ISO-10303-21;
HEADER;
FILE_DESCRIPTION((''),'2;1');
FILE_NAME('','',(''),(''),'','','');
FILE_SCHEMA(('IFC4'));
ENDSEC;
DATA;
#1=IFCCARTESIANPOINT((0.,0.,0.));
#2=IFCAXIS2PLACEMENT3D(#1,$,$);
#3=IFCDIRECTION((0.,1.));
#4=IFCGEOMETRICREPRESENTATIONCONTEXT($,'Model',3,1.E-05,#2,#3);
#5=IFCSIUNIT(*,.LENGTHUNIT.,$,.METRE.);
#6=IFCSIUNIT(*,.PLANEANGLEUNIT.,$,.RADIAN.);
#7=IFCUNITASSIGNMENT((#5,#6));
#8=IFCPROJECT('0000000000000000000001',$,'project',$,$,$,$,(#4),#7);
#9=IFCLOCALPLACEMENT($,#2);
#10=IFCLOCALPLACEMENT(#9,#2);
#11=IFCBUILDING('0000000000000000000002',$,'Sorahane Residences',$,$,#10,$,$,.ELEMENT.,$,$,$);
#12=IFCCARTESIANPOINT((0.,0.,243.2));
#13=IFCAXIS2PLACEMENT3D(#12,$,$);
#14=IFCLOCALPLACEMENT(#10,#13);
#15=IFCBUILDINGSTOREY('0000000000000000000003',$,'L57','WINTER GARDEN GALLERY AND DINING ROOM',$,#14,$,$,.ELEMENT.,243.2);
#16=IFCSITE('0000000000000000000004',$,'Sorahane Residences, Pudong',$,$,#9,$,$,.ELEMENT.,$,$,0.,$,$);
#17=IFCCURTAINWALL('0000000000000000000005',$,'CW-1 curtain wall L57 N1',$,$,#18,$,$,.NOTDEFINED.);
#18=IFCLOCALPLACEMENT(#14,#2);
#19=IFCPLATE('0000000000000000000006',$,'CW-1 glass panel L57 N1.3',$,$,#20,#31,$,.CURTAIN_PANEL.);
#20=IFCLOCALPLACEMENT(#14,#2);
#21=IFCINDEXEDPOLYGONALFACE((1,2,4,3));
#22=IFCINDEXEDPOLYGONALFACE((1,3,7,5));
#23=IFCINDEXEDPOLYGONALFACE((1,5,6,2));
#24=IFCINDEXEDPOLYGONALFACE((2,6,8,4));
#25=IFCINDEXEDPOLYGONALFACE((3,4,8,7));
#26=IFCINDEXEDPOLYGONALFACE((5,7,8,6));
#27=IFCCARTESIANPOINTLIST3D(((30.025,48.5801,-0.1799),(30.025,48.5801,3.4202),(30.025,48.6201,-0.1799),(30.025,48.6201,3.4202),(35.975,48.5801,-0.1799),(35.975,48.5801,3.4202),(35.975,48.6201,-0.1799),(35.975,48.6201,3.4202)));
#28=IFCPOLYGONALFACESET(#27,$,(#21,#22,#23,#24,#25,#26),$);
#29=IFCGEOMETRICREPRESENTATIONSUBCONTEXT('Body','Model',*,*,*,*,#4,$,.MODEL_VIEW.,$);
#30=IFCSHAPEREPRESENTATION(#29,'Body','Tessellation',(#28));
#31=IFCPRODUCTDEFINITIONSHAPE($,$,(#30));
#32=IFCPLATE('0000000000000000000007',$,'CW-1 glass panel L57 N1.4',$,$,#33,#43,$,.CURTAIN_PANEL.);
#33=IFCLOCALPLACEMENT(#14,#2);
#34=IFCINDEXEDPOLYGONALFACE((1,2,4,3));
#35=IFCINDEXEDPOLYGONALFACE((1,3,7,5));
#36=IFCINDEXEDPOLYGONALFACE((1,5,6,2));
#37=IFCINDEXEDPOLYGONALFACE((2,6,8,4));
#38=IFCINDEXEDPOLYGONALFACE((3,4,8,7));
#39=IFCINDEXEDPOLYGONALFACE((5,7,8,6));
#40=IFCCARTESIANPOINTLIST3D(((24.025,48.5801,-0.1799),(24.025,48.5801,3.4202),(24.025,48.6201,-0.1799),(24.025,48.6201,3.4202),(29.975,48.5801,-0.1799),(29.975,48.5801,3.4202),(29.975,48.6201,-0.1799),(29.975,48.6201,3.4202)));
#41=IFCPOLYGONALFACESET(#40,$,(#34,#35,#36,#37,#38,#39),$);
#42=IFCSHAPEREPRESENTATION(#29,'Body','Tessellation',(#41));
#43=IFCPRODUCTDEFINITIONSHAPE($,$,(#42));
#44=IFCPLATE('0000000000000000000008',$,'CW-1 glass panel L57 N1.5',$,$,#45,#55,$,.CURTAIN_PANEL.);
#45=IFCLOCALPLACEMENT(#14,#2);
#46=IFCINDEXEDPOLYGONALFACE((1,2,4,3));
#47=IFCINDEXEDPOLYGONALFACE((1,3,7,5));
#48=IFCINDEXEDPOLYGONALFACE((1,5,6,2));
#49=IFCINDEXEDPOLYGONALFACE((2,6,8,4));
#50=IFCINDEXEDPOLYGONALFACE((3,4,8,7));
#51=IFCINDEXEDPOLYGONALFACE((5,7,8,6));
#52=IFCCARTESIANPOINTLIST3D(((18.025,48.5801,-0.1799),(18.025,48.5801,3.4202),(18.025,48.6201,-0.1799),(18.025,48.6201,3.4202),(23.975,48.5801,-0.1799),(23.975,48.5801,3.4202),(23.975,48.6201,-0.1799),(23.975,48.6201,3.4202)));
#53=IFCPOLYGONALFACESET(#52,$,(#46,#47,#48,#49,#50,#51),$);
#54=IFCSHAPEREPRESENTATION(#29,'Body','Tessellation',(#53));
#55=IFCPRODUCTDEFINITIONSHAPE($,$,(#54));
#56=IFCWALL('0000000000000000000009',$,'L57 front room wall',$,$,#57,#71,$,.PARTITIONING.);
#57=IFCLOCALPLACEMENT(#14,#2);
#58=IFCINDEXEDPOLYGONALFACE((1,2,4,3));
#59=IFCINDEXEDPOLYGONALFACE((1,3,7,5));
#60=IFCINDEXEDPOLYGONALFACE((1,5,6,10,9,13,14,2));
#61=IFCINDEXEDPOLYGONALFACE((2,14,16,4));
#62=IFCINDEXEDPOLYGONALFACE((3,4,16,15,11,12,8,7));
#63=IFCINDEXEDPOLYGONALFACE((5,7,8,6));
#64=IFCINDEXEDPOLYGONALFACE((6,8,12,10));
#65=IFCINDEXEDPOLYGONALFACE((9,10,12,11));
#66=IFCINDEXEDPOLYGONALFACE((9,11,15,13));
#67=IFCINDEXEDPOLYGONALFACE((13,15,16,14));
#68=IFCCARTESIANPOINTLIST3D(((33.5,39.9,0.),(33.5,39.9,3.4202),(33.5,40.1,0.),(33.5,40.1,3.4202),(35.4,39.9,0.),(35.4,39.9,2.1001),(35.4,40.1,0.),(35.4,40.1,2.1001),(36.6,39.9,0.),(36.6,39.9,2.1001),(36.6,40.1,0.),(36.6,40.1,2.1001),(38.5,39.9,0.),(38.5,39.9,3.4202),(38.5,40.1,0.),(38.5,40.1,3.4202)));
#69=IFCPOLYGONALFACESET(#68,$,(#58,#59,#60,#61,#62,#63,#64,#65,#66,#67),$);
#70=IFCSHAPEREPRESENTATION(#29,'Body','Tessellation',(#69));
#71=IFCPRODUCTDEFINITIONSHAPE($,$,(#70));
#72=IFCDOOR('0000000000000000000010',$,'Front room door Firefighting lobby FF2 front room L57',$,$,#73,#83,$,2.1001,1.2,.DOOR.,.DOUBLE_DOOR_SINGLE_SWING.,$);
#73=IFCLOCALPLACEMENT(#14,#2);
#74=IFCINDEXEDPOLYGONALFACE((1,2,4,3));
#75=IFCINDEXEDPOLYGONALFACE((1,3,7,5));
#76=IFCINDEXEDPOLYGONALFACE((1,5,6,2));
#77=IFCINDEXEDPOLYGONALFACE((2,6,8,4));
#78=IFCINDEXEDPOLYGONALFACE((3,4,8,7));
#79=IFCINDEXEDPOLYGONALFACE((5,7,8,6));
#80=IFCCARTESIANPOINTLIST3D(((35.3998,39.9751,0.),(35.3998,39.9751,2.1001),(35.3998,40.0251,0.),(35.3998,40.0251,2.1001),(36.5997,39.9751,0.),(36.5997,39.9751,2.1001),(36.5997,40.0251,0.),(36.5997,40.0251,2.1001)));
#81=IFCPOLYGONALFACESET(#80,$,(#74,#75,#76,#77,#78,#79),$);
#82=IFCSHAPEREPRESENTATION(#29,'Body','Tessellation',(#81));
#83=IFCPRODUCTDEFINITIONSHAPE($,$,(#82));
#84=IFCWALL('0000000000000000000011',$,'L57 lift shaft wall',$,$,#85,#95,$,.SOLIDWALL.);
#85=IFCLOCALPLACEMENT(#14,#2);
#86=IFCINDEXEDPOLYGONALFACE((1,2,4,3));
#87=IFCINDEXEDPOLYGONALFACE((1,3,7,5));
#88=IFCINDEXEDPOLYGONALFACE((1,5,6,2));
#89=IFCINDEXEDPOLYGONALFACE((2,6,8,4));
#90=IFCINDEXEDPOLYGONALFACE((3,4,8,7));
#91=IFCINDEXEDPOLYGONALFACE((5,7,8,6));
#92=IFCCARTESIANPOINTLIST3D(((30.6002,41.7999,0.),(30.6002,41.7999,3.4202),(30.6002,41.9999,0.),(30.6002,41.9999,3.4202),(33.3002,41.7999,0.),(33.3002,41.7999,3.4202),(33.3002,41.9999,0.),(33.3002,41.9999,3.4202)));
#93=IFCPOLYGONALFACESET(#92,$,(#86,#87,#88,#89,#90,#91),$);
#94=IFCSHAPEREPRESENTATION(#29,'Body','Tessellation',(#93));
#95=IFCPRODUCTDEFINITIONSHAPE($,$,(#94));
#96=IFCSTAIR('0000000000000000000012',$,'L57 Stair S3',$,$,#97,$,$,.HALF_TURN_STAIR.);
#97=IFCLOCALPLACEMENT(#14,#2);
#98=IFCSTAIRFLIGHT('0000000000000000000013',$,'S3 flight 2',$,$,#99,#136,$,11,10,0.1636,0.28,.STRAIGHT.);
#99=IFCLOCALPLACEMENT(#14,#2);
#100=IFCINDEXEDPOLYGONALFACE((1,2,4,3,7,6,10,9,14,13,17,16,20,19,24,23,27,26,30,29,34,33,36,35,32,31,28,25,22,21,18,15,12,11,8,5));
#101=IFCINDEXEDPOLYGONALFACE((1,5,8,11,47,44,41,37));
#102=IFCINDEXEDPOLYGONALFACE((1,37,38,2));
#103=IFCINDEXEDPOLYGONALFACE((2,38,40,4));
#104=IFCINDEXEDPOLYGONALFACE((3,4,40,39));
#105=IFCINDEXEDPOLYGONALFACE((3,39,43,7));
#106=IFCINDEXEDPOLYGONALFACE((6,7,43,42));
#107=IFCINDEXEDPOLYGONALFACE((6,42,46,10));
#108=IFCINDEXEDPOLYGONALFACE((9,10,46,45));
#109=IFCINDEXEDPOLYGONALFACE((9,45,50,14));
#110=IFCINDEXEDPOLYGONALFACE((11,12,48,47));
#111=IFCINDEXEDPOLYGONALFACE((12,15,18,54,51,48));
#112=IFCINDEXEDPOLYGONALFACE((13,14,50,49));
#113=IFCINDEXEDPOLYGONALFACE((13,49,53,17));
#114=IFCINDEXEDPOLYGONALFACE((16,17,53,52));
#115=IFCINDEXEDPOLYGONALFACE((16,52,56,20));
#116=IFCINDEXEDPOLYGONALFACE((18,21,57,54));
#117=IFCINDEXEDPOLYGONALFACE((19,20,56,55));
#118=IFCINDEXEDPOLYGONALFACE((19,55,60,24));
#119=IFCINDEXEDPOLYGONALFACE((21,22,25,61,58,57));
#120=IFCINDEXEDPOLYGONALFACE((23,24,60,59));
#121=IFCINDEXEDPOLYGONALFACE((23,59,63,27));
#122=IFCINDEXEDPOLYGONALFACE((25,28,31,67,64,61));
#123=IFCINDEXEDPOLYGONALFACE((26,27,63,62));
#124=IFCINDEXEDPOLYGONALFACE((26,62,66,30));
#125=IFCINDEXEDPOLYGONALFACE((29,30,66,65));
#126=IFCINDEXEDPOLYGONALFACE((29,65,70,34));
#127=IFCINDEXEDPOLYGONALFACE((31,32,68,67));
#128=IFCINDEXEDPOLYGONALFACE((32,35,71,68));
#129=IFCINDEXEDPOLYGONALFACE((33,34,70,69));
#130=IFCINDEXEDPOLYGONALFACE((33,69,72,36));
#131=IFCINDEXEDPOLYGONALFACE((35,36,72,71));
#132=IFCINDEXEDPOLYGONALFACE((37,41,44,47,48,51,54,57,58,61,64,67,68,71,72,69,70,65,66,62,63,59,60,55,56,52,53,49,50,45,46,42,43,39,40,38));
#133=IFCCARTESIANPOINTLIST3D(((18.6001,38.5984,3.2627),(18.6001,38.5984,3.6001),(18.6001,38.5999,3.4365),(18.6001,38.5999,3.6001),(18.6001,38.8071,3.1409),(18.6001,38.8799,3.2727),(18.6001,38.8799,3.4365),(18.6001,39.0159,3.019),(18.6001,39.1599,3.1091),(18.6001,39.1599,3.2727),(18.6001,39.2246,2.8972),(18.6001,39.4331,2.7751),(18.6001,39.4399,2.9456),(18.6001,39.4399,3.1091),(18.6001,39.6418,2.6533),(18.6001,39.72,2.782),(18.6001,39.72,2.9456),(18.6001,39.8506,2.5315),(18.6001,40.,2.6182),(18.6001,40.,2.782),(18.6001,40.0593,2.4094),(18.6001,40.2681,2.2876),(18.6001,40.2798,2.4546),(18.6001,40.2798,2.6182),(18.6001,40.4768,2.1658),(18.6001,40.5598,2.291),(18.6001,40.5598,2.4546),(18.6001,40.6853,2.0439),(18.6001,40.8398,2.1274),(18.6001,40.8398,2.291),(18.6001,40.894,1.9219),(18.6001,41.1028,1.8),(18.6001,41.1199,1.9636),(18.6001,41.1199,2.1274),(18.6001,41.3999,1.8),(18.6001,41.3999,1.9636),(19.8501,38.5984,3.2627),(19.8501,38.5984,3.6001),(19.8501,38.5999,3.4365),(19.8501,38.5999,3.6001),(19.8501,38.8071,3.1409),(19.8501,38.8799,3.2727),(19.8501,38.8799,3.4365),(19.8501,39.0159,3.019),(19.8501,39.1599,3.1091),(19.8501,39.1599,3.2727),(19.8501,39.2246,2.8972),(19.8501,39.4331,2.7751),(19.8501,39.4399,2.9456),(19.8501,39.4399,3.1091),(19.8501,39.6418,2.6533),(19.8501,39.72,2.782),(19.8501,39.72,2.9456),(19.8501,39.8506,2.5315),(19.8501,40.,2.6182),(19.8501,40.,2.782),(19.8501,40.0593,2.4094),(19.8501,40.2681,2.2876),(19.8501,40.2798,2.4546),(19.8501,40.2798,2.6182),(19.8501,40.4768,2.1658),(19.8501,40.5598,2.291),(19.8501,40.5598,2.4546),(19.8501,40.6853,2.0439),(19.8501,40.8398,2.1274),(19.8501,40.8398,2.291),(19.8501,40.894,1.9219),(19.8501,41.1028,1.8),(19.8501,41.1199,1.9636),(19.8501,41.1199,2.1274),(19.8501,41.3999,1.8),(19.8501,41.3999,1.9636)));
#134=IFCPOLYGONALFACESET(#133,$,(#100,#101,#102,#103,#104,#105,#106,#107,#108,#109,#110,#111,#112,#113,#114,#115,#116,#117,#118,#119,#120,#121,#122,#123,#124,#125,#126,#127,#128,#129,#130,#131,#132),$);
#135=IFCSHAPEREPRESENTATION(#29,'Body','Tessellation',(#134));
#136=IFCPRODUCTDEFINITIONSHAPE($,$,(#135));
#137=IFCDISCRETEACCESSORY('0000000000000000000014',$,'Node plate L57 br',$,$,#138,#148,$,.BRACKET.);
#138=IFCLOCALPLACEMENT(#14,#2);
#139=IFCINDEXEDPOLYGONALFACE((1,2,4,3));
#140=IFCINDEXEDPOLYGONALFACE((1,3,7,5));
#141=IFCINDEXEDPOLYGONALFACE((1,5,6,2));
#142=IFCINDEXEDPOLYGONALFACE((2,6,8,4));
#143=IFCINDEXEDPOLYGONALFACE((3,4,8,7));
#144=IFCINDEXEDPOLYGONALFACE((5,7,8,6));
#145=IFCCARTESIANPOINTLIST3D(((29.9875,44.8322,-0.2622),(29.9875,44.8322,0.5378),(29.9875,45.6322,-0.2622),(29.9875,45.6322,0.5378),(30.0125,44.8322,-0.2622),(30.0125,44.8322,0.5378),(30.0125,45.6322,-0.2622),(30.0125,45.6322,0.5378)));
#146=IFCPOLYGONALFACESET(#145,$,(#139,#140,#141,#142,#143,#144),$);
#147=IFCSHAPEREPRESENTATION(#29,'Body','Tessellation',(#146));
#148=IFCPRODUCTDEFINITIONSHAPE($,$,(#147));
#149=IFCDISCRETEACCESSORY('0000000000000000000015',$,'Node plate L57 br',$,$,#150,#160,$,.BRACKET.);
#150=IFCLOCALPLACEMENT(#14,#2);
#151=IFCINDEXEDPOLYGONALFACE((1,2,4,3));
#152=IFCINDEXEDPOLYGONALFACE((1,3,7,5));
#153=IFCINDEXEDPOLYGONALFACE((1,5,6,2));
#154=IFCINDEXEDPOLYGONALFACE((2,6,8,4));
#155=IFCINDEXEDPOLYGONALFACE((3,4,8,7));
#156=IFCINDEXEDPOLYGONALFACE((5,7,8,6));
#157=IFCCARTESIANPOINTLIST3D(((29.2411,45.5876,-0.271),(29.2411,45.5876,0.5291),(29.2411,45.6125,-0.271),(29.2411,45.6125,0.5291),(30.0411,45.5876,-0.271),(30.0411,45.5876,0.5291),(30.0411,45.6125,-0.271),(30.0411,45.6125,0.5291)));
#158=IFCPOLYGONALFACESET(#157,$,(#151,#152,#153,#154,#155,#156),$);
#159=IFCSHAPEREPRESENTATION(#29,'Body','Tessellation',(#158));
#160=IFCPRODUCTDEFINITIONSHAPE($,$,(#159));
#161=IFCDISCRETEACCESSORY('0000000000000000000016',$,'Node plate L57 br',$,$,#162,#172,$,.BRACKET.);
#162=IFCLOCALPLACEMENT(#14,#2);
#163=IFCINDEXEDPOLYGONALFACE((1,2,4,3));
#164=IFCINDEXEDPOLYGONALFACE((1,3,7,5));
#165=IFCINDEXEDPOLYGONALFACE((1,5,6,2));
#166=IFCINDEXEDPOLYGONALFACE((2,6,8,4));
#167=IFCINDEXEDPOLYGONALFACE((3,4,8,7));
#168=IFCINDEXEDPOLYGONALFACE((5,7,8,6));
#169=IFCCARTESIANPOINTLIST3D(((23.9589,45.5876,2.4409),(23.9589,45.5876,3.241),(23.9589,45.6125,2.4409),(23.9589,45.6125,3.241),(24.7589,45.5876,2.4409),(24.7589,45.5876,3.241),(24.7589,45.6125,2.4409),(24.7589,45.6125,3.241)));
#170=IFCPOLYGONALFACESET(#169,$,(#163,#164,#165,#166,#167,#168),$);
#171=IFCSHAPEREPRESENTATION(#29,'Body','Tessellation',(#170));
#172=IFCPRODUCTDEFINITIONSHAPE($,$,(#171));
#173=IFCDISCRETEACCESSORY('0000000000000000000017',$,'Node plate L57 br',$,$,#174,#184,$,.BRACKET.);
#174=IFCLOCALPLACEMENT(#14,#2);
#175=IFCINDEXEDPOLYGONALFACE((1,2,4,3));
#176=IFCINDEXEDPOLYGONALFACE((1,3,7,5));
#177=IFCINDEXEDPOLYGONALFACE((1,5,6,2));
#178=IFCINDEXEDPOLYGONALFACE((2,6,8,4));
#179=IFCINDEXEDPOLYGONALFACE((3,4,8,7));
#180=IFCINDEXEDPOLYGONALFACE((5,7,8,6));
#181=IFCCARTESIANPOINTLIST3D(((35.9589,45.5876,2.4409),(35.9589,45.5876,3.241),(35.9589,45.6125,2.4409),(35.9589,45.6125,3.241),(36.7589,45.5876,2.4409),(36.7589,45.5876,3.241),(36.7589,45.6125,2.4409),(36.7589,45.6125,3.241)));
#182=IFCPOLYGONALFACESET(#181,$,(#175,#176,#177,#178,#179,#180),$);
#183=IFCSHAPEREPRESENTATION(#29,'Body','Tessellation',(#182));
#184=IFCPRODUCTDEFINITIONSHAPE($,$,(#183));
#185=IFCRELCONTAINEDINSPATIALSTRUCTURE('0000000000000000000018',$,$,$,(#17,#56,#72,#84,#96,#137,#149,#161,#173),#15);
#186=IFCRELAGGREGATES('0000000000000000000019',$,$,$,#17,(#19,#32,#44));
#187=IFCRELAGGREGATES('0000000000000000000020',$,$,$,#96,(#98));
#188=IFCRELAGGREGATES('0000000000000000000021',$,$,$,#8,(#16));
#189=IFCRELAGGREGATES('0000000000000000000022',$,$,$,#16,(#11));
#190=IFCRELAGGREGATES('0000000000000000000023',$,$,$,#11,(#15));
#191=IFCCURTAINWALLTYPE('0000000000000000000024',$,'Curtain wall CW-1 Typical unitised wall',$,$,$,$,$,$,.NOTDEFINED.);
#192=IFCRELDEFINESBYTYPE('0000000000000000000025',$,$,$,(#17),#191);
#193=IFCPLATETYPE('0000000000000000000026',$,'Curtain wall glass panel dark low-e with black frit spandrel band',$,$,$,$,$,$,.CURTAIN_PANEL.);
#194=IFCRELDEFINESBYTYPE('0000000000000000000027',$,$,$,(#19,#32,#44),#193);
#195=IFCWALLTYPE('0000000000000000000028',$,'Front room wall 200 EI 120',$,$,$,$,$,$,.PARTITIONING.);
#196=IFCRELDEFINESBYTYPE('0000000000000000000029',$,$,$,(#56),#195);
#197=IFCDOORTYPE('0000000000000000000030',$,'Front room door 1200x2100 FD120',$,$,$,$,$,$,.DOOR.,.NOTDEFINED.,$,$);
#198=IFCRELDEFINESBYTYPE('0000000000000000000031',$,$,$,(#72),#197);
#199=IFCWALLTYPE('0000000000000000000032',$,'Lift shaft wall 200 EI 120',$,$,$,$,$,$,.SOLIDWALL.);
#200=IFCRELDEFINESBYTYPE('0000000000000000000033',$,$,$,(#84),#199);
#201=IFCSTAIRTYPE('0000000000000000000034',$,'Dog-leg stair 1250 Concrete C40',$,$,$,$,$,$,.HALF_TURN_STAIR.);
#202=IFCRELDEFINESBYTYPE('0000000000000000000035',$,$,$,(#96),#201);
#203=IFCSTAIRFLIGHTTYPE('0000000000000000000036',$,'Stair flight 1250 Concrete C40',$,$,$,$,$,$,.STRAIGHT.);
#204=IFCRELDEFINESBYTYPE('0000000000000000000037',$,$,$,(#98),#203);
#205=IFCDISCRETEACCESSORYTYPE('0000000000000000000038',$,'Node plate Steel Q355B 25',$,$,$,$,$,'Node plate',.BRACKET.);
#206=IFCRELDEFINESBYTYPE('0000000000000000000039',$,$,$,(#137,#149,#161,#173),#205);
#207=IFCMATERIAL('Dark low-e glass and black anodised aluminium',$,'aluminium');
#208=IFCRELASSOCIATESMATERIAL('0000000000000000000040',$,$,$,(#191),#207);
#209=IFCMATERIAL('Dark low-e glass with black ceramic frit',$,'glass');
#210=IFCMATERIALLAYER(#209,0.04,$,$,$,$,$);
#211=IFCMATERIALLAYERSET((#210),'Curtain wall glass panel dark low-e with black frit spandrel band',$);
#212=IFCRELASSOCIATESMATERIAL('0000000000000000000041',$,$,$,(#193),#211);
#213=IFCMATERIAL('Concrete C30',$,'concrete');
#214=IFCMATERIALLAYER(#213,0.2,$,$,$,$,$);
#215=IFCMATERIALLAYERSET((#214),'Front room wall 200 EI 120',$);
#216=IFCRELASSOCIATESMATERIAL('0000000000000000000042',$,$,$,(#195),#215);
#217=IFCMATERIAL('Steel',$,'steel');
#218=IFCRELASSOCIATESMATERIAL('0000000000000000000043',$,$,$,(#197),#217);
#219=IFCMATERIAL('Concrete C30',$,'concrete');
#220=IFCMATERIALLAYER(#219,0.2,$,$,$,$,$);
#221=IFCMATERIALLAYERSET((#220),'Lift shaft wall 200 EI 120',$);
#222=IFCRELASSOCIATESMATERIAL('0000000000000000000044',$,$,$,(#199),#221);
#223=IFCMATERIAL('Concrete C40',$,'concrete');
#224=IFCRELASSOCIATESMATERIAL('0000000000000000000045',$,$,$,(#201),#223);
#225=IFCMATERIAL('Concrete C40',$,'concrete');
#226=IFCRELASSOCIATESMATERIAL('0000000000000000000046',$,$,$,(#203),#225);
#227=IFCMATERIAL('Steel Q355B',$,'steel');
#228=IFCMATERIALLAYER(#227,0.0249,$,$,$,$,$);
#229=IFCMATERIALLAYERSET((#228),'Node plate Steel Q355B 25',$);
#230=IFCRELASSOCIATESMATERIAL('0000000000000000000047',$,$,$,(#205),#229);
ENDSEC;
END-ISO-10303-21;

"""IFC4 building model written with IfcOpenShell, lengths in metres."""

from ifc_helpers import new_model, si_unit, direction, frame, frame_2d, origin, origin_2d, place, context, subcontext, project, spatial, polyline, rectangle, outline, extrude, material, layer, layer_set, type_object, element, fill, aggregate, save


model = new_model("IFC4")

# Units and contexts
model_context = context("Model", 3, precision=1e-05, world=origin(), true_north=direction((0.0, 1.0)))
body_context = subcontext(model_context, "Body", "Model", "MODEL_VIEW")
ifc_project = project(units=[si_unit("LENGTHUNIT", "METRE"), si_unit("PLANEANGLEUNIT", "RADIAN")], contexts=[model_context])

# Site, building, storey
site_placement = place(None, origin())
site = spatial("IfcSite", under=ifc_project, at=site_placement, Name="Sorahane Residences, Pudong", CompositionType="ELEMENT", RefElevation=0.0)
building_placement = place(site_placement, origin())
building = spatial("IfcBuilding", under=site, at=building_placement, Name="Sorahane Residences", CompositionType="ELEMENT")
storey_placement = place(building_placement, frame((0.0, 0.0, 243.2)))
storey = spatial("IfcBuildingStorey", under=building, at=storey_placement, Name="L57", Description="WINTER GARDEN GALLERY AND DINING ROOM", CompositionType="ELEMENT", Elevation=243.2)

# Curtain wall
ifc_material_1 = material(Name="Dark low-e glass and black anodised aluminium", Category="aluminium")
curtain_wall_type = type_object("IfcCurtainWallType", Name="Curtain wall CW-1 Typical unitised wall", PredefinedType="NOTDEFINED", material=ifc_material_1)
curtain_wall_placement = place(storey_placement, origin())
curtain_wall = element("IfcCurtainWall", 1, at=curtain_wall_placement, inside=storey, type_object=curtain_wall_type, Name="CW-1 curtain wall L57 N1", PredefinedType="NOTDEFINED")

# Plates
ifc_material_2 = material(Name="Dark low-e glass with black ceramic frit", Category="glass")
ifc_layer_1 = layer(ifc_material_2, 0.04)
ifc_layer_set_1 = layer_set([ifc_layer_1], Name="Curtain wall glass panel dark low-e with black frit spandrel band")
plate_type = type_object("IfcPlateType", Name="Curtain wall glass panel dark low-e with black frit spandrel band", PredefinedType="CURTAIN_PANEL", material=ifc_layer_set_1)
plate_1_placement = place(storey_placement, frame((33.0, 48.6001, -0.1799), z_axis=(0.0, 0.0, 1.0), x_axis=(-1.0, 0.0, 0.0)))
plate_1 = element("IfcPlate", 2, at=plate_1_placement, type_object=plate_type, Name="CW-1 glass panel L57 N1.3", PredefinedType="CURTAIN_PANEL", context=body_context, shape_type="SweptSolid", body=[
    extrude(rectangle(XDim=5.95, YDim=0.04, at=origin_2d()), origin(), (0.0, 0.0, 1.0), 3.6001),
])
plate_2_placement = place(storey_placement, frame((27.0, 48.6001, -0.1799), z_axis=(0.0, 0.0, 1.0), x_axis=(-1.0, 0.0, 0.0)))
plate_2 = element("IfcPlate", 3, at=plate_2_placement, type_object=plate_type, Name="CW-1 glass panel L57 N1.4", PredefinedType="CURTAIN_PANEL", context=body_context, shape_type="SweptSolid", body=[
    extrude(rectangle(XDim=5.95, YDim=0.04, at=origin_2d()), origin(), (0.0, 0.0, 1.0), 3.6001),
])
plate_3_placement = place(storey_placement, frame((21.0, 48.6001, -0.1799), z_axis=(0.0, 0.0, 1.0), x_axis=(-1.0, 0.0, 0.0)))
plate_3 = element("IfcPlate", 4, at=plate_3_placement, type_object=plate_type, Name="CW-1 glass panel L57 N1.5", PredefinedType="CURTAIN_PANEL", context=body_context, shape_type="SweptSolid", body=[
    extrude(rectangle(XDim=5.95, YDim=0.04, at=origin_2d()), origin(), (0.0, 0.0, 1.0), 3.6001),
])
aggregate(curtain_wall, [plate_1, plate_2, plate_3])

# Wall, opening, door
ifc_material_3 = material(Name="Concrete C30", Category="concrete")
ifc_layer_2 = layer(ifc_material_3, 0.2)
ifc_layer_set_2 = layer_set([ifc_layer_2], Name="Front room wall 200 EI 120")
wall_type_1 = type_object("IfcWallType", Name="Front room wall 200 EI 120", PredefinedType="PARTITIONING", material=ifc_layer_set_2)
wall_1_placement = place(storey_placement, frame((33.5, 40.0, 0.0), z_axis=(0.0, 0.0, 1.0), x_axis=(1.0, 0.0, 0.0)))
wall_1 = element("IfcWall", 5, at=wall_1_placement, inside=storey, type_object=wall_type_1, Name="L57 front room wall", PredefinedType="PARTITIONING", context=body_context, shape_type="SweptSolid", body=[
    extrude(rectangle(XDim=5.0, YDim=0.2, at=frame_2d((2.5, 0.0))), origin(), (0.0, 0.0, 1.0), 3.4202),
])
opening_placement = place(wall_1_placement, frame((1.8999, 0.0, 0.0)))
opening = element("IfcOpeningElement", 6, at=opening_placement, cuts=wall_1, PredefinedType="OPENING", context=body_context, shape_type="SweptSolid", body=[
    extrude(rectangle(XDim=1.2, YDim=2.1001, at=frame_2d((0.6001, 1.05))), frame((0.0, 0.1099, 0.0), z_axis=(0.0, -1.0, 0.0), x_axis=(1.0, 0.0, 0.0)), (0.0, 0.0, 1.0), 0.22),
])
ifc_material_4 = material(Name="Steel", Category="steel")
door_type = type_object("IfcDoorType", Name="Front room door 1200x2100 FD120", OperationType="NOTDEFINED", PredefinedType="DOOR", material=ifc_material_4)
door_placement = place(opening_placement, frame((1.2, 0.0, 0.0), z_axis=(0.0, 0.0, 1.0), x_axis=(-1.0, 0.0, 0.0)))
door = element("IfcDoor", 7, at=door_placement, inside=storey, type_object=door_type, Name="Front room door Firefighting lobby FF2 front room L57", OperationType="DOUBLE_DOOR_SINGLE_SWING", OverallHeight=2.1001, OverallWidth=1.2, PredefinedType="DOOR", context=body_context, shape_type="SweptSolid", body=[
    extrude(rectangle(XDim=1.2, YDim=2.1001, at=frame_2d((0.6001, 1.05))), frame((0.0, 0.0249, 0.0), z_axis=(0.0, -1.0, 0.0), x_axis=(1.0, 0.0, 0.0)), (0.0, 0.0, 1.0), 0.05),
])
fill(opening, door)

# Wall
ifc_material_5 = material(Name="Concrete C30", Category="concrete")
ifc_layer_3 = layer(ifc_material_5, 0.2)
ifc_layer_set_3 = layer_set([ifc_layer_3], Name="Lift shaft wall 200 EI 120")
wall_type_2 = type_object("IfcWallType", Name="Lift shaft wall 200 EI 120", PredefinedType="SOLIDWALL", material=ifc_layer_set_3)
wall_2_placement = place(storey_placement, frame((30.6001, 41.8999, 0.0), z_axis=(0.0, 0.0, 1.0), x_axis=(1.0, 0.0, 0.0)))
element("IfcWall", 8, at=wall_2_placement, inside=storey, type_object=wall_type_2, Name="L57 lift shaft wall", PredefinedType="SOLIDWALL", context=body_context, shape_type="SweptSolid", body=[
    extrude(rectangle(XDim=2.7, YDim=0.2, at=frame_2d((1.3501, 0.0))), origin(), (0.0, 0.0, 1.0), 3.4202),
])

# Stair, stair flight
ifc_material_6 = material(Name="Concrete C40", Category="concrete")
stair_type = type_object("IfcStairType", Name="Dog-leg stair 1250 Concrete C40", PredefinedType="HALF_TURN_STAIR", material=ifc_material_6)
stair_placement = place(storey_placement, origin())
stair = element("IfcStair", 9, at=stair_placement, inside=storey, type_object=stair_type, Name="L57 Stair S3", PredefinedType="HALF_TURN_STAIR")
ifc_material_7 = material(Name="Concrete C40", Category="concrete")
stair_flight_type = type_object("IfcStairFlightType", Name="Stair flight 1250 Concrete C40", PredefinedType="STRAIGHT", material=ifc_material_7)
stair_flight_placement = place(storey_placement, frame((19.2251, 41.3999, 1.8), z_axis=(0.0, 0.0, 1.0), x_axis=(0.0, -1.0, 0.0)))
stair_flight = element("IfcStairFlight", 10, at=stair_flight_placement, type_object=stair_flight_type, Name="S3 flight 2", NumberOfRisers=11, NumberOfTreads=10, PredefinedType="STRAIGHT", RiserHeight=0.1636, TreadLength=0.28, context=body_context, shape_type="SweptSolid", body=[
    extrude(outline(polyline([(0.0, 0.0), (0.0, 0.1636), (0.28, 0.1636), (0.28, 0.3274), (0.5601, 0.3274), (0.5601, 0.491), (0.8401, 0.491), (0.8401, 0.6545), (1.1201, 0.6545), (1.1201, 0.8181), (1.3999, 0.8181), (1.3999, 0.9819), (1.6799, 0.9819), (1.6799, 1.1455), (1.96, 1.1455), (1.96, 1.3091), (2.24, 1.3091), (2.24, 1.4727), (2.52, 1.4727), (2.52, 1.6365), (2.8, 1.6365), (2.8, 1.8), (2.8015, 1.8), (2.8015, 1.4626), (2.5928, 1.3408), (2.384, 1.219), (2.1753, 1.0972), (1.9668, 0.9751), (1.7581, 0.8533), (1.5493, 0.7314), (1.3406, 0.6094), (1.1318, 0.4875), (0.9231, 0.3657), (0.7146, 0.2439), (0.5059, 0.1218), (0.2971, 0.0), (0.0, 0.0)])), frame((0.0, 0.625, 0.0), z_axis=(0.0, -1.0, 0.0), x_axis=(1.0, 0.0, 0.0)), (0.0, 0.0, 1.0), 1.25),
])
aggregate(stair, [stair_flight])

# Discrete accessories
ifc_material_8 = material(Name="Steel Q355B", Category="steel")
ifc_layer_4 = layer(ifc_material_8, 0.0249)
ifc_layer_set_4 = layer_set([ifc_layer_4], Name="Node plate Steel Q355B 25")
discrete_accessory_type = type_object("IfcDiscreteAccessoryType", Name="Node plate Steel Q355B 25", ElementType="Node plate", PredefinedType="BRACKET", material=ifc_layer_set_4)
for number, where, z_axis, x_axis, name in (
    (11, (30.0, 45.2322, -0.2622), (0.0, 0.0, 1.0), (0.0, 1.0, 0.0), "Node plate L57 br"),
    (12, (29.6411, 45.6001, -0.271), (0.0, 0.0, 1.0), (1.0, 0.0, 0.0), "Node plate L57 br"),
    (13, (24.3589, 45.6001, 2.4409), (0.0, 0.0, 1.0), (1.0, 0.0, 0.0), "Node plate L57 br"),
    (14, (36.3589, 45.6001, 2.4409), (0.0, 0.0, 1.0), (1.0, 0.0, 0.0), "Node plate L57 br"),
):
    element("IfcDiscreteAccessory", number, at=place(storey_placement, frame(where, z_axis=z_axis, x_axis=x_axis)), inside=storey, type_object=discrete_accessory_type, Name=name, PredefinedType="BRACKET", context=body_context, shape_type="SweptSolid", body=[
        extrude(rectangle(XDim=0.8, YDim=0.0249, at=origin_2d()), origin(), (0.0, 0.0, 1.0), 0.8),
    ])

save(model, "model.ifc")
